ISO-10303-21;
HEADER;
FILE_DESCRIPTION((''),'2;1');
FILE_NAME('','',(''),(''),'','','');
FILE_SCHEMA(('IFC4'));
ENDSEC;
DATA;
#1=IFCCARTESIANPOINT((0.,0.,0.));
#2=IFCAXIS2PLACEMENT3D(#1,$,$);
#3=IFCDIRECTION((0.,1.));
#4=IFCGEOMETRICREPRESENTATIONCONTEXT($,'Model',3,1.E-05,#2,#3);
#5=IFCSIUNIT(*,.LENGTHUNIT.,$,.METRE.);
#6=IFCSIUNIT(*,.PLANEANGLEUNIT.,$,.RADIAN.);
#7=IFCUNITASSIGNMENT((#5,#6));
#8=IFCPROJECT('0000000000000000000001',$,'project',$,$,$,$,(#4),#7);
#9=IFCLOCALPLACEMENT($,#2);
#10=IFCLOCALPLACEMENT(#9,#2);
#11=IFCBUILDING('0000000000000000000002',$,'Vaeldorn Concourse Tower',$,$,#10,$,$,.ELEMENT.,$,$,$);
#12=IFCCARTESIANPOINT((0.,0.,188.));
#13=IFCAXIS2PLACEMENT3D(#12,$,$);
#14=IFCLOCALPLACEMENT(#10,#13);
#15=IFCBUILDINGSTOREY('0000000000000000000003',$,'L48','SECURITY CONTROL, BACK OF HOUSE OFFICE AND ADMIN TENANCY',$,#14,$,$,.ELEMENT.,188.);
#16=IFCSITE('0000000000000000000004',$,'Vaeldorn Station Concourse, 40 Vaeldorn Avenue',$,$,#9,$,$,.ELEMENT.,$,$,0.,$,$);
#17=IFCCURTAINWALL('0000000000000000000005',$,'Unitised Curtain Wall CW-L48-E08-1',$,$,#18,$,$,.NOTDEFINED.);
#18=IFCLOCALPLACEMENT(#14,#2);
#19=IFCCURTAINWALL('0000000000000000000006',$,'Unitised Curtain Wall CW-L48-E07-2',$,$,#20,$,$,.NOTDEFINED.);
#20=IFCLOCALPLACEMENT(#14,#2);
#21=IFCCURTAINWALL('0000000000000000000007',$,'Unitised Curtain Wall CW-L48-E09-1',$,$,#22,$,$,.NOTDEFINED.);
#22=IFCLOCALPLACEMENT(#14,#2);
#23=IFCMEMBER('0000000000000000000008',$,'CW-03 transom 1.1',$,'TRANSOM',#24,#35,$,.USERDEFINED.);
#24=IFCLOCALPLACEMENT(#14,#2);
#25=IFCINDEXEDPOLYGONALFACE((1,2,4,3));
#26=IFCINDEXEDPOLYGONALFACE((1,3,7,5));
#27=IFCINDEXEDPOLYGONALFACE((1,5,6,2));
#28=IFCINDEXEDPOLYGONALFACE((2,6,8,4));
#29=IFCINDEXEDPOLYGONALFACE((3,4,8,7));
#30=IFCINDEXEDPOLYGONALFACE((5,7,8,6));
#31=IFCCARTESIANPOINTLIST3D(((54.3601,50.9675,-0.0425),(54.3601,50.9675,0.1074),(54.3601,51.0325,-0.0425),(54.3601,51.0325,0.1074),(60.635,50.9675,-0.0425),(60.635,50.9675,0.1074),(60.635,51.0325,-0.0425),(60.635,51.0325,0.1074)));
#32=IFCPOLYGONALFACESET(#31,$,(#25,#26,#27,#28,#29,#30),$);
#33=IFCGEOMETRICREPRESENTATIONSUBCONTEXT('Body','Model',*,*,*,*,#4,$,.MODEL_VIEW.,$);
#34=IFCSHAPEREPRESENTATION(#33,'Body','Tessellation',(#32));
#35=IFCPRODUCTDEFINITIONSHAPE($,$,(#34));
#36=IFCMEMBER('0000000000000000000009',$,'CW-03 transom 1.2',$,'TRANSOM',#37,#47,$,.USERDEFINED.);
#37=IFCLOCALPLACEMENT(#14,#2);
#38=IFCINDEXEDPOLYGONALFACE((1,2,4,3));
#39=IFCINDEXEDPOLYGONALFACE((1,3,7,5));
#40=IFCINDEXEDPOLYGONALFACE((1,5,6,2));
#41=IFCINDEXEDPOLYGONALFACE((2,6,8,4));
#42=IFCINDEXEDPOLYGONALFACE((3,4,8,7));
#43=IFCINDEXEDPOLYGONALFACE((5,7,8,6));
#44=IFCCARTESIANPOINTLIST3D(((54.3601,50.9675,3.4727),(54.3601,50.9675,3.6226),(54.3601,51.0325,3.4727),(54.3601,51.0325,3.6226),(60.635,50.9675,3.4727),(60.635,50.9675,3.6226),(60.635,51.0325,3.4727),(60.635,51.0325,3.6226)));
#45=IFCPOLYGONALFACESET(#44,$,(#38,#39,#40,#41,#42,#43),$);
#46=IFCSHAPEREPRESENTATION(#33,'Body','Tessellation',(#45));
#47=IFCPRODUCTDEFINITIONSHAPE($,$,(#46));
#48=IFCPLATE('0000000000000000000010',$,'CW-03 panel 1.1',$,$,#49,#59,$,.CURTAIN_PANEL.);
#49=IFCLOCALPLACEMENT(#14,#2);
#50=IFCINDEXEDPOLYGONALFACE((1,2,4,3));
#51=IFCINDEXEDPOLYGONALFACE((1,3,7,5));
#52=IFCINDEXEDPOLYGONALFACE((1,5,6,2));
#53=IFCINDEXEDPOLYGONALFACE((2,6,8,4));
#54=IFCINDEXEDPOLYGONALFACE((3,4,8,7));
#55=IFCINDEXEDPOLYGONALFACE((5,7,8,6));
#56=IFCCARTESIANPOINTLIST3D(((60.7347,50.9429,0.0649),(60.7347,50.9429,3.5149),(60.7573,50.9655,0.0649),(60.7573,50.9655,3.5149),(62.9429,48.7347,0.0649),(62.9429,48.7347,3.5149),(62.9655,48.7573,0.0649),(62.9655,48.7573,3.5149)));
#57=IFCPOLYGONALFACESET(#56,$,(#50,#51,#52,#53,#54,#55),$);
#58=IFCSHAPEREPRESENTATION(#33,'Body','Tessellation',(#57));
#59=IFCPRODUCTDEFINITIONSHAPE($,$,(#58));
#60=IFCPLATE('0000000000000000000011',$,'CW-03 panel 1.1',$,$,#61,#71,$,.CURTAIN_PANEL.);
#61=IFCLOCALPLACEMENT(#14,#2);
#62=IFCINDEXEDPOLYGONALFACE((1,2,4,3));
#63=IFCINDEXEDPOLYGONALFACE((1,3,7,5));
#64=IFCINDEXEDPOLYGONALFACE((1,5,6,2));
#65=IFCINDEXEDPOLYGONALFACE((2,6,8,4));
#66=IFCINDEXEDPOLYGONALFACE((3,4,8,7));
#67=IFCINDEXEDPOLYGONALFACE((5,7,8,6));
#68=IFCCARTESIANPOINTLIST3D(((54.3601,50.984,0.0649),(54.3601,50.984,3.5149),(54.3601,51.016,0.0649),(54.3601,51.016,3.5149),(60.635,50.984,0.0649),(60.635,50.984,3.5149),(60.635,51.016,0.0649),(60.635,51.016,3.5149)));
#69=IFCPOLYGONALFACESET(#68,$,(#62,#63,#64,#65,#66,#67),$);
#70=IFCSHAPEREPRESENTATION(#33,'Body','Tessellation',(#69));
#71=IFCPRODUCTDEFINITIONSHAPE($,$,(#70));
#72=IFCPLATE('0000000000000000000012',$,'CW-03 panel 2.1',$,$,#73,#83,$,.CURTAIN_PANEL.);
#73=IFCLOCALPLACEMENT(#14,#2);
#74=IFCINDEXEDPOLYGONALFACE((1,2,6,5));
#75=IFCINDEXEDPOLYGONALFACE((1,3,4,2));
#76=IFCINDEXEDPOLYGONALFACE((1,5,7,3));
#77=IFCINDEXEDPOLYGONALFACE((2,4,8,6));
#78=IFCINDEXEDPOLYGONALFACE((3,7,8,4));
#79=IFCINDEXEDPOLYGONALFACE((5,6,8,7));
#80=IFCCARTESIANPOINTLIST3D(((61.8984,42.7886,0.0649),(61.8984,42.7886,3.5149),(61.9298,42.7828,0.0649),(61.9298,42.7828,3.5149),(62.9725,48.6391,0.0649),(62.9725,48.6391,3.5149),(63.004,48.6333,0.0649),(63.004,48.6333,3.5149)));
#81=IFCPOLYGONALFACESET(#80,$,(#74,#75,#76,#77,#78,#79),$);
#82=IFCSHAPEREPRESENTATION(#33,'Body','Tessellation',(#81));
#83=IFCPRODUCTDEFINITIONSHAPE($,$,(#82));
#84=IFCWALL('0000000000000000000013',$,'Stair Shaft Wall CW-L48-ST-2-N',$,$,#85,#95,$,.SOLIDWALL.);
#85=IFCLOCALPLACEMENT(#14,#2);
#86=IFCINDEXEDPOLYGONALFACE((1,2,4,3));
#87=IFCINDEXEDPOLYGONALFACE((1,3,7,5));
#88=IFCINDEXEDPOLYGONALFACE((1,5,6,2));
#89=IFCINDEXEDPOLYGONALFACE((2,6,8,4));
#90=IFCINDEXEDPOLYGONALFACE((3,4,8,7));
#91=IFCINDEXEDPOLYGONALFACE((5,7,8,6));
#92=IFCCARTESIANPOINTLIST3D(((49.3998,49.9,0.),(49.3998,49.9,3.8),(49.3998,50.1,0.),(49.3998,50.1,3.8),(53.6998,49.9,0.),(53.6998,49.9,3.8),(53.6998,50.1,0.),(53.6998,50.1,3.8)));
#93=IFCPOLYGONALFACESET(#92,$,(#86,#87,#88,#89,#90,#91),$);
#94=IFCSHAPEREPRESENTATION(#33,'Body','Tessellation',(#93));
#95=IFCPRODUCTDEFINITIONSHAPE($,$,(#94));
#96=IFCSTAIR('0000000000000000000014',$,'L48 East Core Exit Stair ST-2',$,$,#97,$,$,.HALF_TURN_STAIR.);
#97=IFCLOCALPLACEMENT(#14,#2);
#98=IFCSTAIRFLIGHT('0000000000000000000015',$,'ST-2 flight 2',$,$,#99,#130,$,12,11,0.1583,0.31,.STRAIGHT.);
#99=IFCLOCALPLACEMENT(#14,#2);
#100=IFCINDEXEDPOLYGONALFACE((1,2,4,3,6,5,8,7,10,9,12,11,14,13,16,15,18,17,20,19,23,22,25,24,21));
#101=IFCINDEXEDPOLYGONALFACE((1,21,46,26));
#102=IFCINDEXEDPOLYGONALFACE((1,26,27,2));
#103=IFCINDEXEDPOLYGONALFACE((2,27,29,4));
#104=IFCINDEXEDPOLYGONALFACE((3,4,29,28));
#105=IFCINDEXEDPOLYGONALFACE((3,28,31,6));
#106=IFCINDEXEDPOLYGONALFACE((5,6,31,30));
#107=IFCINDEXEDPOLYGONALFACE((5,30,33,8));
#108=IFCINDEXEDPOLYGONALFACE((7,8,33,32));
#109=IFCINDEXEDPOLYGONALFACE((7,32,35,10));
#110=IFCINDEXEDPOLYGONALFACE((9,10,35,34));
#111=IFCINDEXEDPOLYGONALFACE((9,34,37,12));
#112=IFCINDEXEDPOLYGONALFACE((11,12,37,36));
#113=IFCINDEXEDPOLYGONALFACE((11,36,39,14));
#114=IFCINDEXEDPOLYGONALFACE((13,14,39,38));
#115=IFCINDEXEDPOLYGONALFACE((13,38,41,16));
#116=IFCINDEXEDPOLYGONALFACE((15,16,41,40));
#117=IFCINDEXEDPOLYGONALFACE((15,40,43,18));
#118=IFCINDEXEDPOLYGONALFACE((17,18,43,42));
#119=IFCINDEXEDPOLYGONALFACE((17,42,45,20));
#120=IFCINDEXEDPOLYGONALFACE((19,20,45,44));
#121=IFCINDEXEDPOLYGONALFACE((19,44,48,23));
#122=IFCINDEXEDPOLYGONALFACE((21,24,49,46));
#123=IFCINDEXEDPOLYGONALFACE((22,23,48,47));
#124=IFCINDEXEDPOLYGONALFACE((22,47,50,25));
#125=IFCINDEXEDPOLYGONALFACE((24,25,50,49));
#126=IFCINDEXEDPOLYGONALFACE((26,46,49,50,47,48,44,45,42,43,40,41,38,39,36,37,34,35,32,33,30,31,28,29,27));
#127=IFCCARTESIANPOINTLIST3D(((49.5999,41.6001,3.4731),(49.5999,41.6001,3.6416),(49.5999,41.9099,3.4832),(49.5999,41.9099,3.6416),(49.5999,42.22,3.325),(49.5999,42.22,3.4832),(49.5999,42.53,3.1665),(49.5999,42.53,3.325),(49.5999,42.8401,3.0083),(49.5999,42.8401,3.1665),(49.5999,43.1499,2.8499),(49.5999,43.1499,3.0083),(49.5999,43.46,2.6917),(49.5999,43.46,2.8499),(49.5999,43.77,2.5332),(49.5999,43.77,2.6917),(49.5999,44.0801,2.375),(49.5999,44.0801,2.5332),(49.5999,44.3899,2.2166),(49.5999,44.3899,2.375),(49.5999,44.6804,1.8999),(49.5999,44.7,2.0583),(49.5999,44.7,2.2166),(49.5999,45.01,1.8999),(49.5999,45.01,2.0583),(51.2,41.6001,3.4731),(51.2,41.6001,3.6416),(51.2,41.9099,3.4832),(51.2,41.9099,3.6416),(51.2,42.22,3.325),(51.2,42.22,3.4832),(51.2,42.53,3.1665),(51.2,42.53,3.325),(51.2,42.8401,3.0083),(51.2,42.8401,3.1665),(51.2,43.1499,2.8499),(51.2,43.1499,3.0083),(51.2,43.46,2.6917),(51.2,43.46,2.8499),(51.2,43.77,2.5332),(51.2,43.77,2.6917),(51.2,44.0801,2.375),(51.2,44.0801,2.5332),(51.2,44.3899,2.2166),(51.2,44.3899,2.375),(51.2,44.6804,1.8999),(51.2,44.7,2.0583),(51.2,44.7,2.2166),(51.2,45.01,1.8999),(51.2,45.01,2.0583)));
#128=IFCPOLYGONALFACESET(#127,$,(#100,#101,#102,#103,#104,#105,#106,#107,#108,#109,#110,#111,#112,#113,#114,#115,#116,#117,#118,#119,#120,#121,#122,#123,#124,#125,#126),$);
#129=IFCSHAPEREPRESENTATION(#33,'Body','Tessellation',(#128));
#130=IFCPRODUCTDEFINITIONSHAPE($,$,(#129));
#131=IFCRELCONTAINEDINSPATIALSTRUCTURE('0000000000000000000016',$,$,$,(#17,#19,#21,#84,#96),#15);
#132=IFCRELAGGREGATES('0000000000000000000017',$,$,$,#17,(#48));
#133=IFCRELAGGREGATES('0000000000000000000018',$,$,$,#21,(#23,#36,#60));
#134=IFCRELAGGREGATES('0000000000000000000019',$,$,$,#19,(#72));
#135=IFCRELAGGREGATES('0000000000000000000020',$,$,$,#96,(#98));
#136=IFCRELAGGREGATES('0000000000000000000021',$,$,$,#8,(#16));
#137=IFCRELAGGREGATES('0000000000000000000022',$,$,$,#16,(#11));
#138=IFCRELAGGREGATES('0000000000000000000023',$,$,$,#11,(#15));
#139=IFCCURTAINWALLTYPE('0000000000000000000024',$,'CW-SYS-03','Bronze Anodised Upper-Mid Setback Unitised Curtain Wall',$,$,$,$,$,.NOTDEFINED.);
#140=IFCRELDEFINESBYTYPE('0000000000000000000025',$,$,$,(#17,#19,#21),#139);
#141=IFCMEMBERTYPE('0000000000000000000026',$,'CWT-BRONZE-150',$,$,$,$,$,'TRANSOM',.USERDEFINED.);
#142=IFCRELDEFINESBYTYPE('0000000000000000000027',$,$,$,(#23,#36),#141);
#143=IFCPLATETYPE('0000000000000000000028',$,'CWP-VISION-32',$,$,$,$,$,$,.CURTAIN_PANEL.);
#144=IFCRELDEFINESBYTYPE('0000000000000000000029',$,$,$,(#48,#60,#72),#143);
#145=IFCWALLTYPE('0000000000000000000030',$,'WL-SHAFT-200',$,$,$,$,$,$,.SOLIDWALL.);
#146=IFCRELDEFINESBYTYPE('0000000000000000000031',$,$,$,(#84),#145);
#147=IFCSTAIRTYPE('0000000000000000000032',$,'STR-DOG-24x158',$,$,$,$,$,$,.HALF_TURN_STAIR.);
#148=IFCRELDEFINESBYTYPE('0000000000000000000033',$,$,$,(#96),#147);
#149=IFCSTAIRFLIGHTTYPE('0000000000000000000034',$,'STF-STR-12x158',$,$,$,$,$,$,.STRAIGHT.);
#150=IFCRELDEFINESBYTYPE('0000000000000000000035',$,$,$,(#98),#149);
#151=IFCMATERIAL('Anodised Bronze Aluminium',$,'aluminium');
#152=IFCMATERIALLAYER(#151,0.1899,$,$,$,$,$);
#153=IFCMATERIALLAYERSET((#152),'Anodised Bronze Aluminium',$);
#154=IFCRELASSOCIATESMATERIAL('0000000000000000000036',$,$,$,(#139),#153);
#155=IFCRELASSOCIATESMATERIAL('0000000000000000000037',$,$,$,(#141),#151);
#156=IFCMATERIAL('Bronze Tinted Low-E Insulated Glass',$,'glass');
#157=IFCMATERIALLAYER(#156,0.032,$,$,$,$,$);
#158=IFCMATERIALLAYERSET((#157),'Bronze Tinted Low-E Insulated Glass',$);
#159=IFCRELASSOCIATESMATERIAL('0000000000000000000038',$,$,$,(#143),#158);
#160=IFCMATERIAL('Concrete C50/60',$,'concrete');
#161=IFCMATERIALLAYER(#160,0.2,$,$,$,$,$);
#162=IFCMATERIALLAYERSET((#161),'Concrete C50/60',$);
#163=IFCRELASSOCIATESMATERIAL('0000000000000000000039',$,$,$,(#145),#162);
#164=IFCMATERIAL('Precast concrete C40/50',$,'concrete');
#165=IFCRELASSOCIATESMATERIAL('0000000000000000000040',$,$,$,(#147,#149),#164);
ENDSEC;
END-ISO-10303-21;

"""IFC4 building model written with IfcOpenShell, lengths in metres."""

from ifc_helpers import new_model, si_unit, direction, frame, frame_2d, origin, origin_2d, place, context, subcontext, project, spatial, polyline, rectangle, outline, extrude, source, transform, mapped, material, layer, layer_set, material_profile, profile_set, type_object, element, aggregate, save


model = new_model("IFC4")

# Units and contexts
model_context = context("Model", 3, precision=1e-05, world=origin(), true_north=direction((0.0, 1.0)))
body_context = subcontext(model_context, "Body", "Model", "MODEL_VIEW")
ifc_project = project(units=[si_unit("LENGTHUNIT", "METRE"), si_unit("PLANEANGLEUNIT", "RADIAN")], contexts=[model_context])

# Site, building, storey
site_placement = place(None, origin())
site = spatial("IfcSite", under=ifc_project, at=site_placement, Name="Vaeldorn Station Concourse, 40 Vaeldorn Avenue", CompositionType="ELEMENT", RefElevation=0.0)
building_placement = place(site_placement, origin())
building = spatial("IfcBuilding", under=site, at=building_placement, Name="Vaeldorn Concourse Tower", CompositionType="ELEMENT")
storey_placement = place(building_placement, frame((0.0, 0.0, 188.0)))
storey = spatial("IfcBuildingStorey", under=building, at=storey_placement, Name="L48", Description="SECURITY CONTROL, BACK OF HOUSE OFFICE AND ADMIN TENANCY", CompositionType="ELEMENT", Elevation=188.0)

# Curtain wall
ifc_material_1 = material(Name="Anodised Bronze Aluminium", Category="aluminium")
ifc_layer_1 = layer(ifc_material_1, 0.1899)
ifc_layer_set_1 = layer_set([ifc_layer_1], Name="Anodised Bronze Aluminium")
curtain_wall_type = type_object("IfcCurtainWallType", Name="CW-SYS-03", Description="Bronze Anodised Upper-Mid Setback Unitised Curtain Wall", PredefinedType="NOTDEFINED", material=ifc_layer_set_1)
curtain_wall_1_placement = place(storey_placement, origin())
curtain_wall_1 = element("IfcCurtainWall", 1, at=curtain_wall_1_placement, inside=storey, type_object=curtain_wall_type, Name="Unitised Curtain Wall CW-L48-E08-1", PredefinedType="NOTDEFINED")
ifc_material_profile_1 = material_profile(ifc_material_1, rectangle(XDim=0.0649, YDim=0.1499, at=origin_2d()), Name="CWT 65x150")
ifc_profile_set_1 = profile_set([ifc_material_profile_1], Name="Anodised Bronze Aluminium")
member_type_1 = type_object("IfcMemberType", Name="CWT-BRONZE-150", ElementType="TRANSOM", PredefinedType="USERDEFINED", material=ifc_profile_set_1)

# Curtain wall
curtain_wall_2_placement = place(storey_placement, origin())
curtain_wall_2 = element("IfcCurtainWall", 2, at=curtain_wall_2_placement, inside=storey, type_object=curtain_wall_type, Name="Unitised Curtain Wall CW-L48-E07-2", PredefinedType="NOTDEFINED")

# Curtain wall, members
curtain_wall_3_placement = place(storey_placement, origin())
curtain_wall_3 = element("IfcCurtainWall", 3, at=curtain_wall_3_placement, inside=storey, type_object=curtain_wall_type, Name="Unitised Curtain Wall CW-L48-E09-1", PredefinedType="NOTDEFINED")
shared_shape_1 = source(origin(), body_context, "Body", "SweptSolid", [
    extrude(rectangle(XDim=0.0649, YDim=0.1499, at=origin_2d()), origin(), (0.0, 0.0, 1.0), 6.2749),
])
member_1_placement = place(storey_placement, frame((60.635, 51.0, 0.0325), z_axis=(-1.0, 0.0, 0.0), x_axis=(0.0, -1.0, 0.0)))
member_1 = element("IfcMember", 4, at=member_1_placement, type_object=member_type_1, Name="CW-03 transom 1.1", ObjectType="TRANSOM", PredefinedType="USERDEFINED", context=body_context, shape_type="MappedRepresentation", body=[
    mapped(shared_shape_1, transform((0.0, 0.0, 0.0), scale=1.0)),
])
member_2_placement = place(storey_placement, frame((60.635, 51.0, 3.5476), z_axis=(-1.0, 0.0, 0.0), x_axis=(0.0, -1.0, 0.0)))
member_2 = element("IfcMember", 5, at=member_2_placement, type_object=member_type_1, Name="CW-03 transom 1.2", ObjectType="TRANSOM", PredefinedType="USERDEFINED", context=body_context, shape_type="MappedRepresentation", body=[
    mapped(shared_shape_1, transform((0.0, 0.0, 0.0), scale=1.0)),
])

# Plates
ifc_material_2 = material(Name="Bronze Tinted Low-E Insulated Glass", Category="glass")
ifc_layer_2 = layer(ifc_material_2, 0.032)
ifc_layer_set_2 = layer_set([ifc_layer_2], Name="Bronze Tinted Low-E Insulated Glass")
plate_type = type_object("IfcPlateType", Name="CWP-VISION-32", PredefinedType="CURTAIN_PANEL", material=ifc_layer_set_2)
shared_shape_2 = source(origin(), body_context, "Body", "SweptSolid", [
    extrude(rectangle(XDim=3.1228, YDim=0.032, at=origin_2d()), origin(), (0.0, 0.0, 1.0), 3.45),
])
plate_1_placement = place(storey_placement, frame((61.8501, 49.8501, 0.0649), z_axis=(0.0, 0.0, 1.0), x_axis=(-0.707107, 0.707107, 0.0)))
plate_1 = element("IfcPlate", 6, at=plate_1_placement, type_object=plate_type, Name="CW-03 panel 1.1", PredefinedType="CURTAIN_PANEL", context=body_context, shape_type="MappedRepresentation", body=[
    mapped(shared_shape_2, transform((0.0, 0.0, 0.0), scale=1.0)),
])
aggregate(curtain_wall_1, [plate_1])
shared_shape_3 = source(origin(), body_context, "Body", "SweptSolid", [
    extrude(rectangle(XDim=6.2749, YDim=0.032, at=origin_2d()), origin(), (0.0, 0.0, 1.0), 3.45),
])
plate_2_placement = place(storey_placement, frame((57.4976, 51.0, 0.0649), z_axis=(0.0, 0.0, 1.0), x_axis=(-1.0, 0.0, 0.0)))
plate_2 = element("IfcPlate", 7, at=plate_2_placement, type_object=plate_type, Name="CW-03 panel 1.1", PredefinedType="CURTAIN_PANEL", context=body_context, shape_type="MappedRepresentation", body=[
    mapped(shared_shape_3, transform((0.0, 0.0, 0.0), scale=1.0)),
])
aggregate(curtain_wall_3, [member_1, member_2, plate_2])
shared_shape_4 = source(origin(), body_context, "Body", "SweptSolid", [
    extrude(rectangle(XDim=5.9482, YDim=0.032, at=origin_2d()), origin(), (0.0, 0.0, 1.0), 3.45),
])
plate_3_placement = place(storey_placement, frame((62.4512, 45.7109, 0.0649), z_axis=(0.0, 0.0, 1.0), x_axis=(0.180585, 0.983559, 0.0)))
plate_3 = element("IfcPlate", 8, at=plate_3_placement, type_object=plate_type, Name="CW-03 panel 2.1", PredefinedType="CURTAIN_PANEL", context=body_context, shape_type="MappedRepresentation", body=[
    mapped(shared_shape_4, transform((0.0, 0.0, 0.0), scale=1.0)),
])
aggregate(curtain_wall_2, [plate_3])

# Wall
ifc_material_3 = material(Name="Concrete C50/60", Category="concrete")
ifc_layer_3 = layer(ifc_material_3, 0.2)
ifc_layer_set_3 = layer_set([ifc_layer_3], Name="Concrete C50/60")
wall_type = type_object("IfcWallType", Name="WL-SHAFT-200", PredefinedType="SOLIDWALL", material=ifc_layer_set_3)
wall_placement = place(storey_placement, frame((49.3999, 50.0, 0.0), z_axis=(0.0, 0.0, 1.0), x_axis=(1.0, 0.0, 0.0)))
element("IfcWall", 9, at=wall_placement, inside=storey, type_object=wall_type, Name="Stair Shaft Wall CW-L48-ST-2-N", PredefinedType="SOLIDWALL", context=body_context, shape_type="SweptSolid", body=[
    extrude(rectangle(XDim=4.3, YDim=0.2, at=frame_2d((2.1499, 0.0))), origin(), (0.0, 0.0, 1.0), 3.8),
])

# Stair, stair flight
ifc_material_4 = material(Name="Precast concrete C40/50", Category="concrete")
stair_type = type_object("IfcStairType", Name="STR-DOG-24x158", PredefinedType="HALF_TURN_STAIR", material=ifc_material_4)
stair_placement = place(storey_placement, origin())
stair = element("IfcStair", 10, at=stair_placement, inside=storey, type_object=stair_type, Name="L48 East Core Exit Stair ST-2", PredefinedType="HALF_TURN_STAIR")
stair_flight_type = type_object("IfcStairFlightType", Name="STF-STR-12x158", PredefinedType="STRAIGHT", material=ifc_material_4)
stair_flight_placement = place(storey_placement, frame((50.3999, 45.01, 1.8999), z_axis=(0.0, 0.0, 1.0), x_axis=(0.0, -1.0, 0.0)))
stair_flight = element("IfcStairFlight", 11, at=stair_flight_placement, type_object=stair_flight_type, Name="ST-2 flight 2", NumberOfRisers=12, NumberOfTreads=11, PredefinedType="STRAIGHT", RiserHeight=0.1583, TreadLength=0.31, context=body_context, shape_type="SweptSolid", body=[
    extrude(outline(polyline([(0.0, 0.0), (0.0, 0.1584), (0.3101, 0.1584), (0.3101, 0.3167), (0.6201, 0.3167), (0.6201, 0.4751), (0.9299, 0.4751), (0.9299, 0.6333), (1.24, 0.6333), (1.24, 0.7917), (1.55, 0.7917), (1.55, 0.95), (1.8601, 0.95), (1.8601, 1.1084), (2.1699, 1.1084), (2.1699, 1.2666), (2.48, 1.2666), (2.48, 1.425), (2.79, 1.425), (2.79, 1.5833), (3.1001, 1.5833), (3.1001, 1.7417), (3.4099, 1.7417), (3.4099, 1.8999), (3.4099, 1.5732), (0.3296, 0.0), (0.0, 0.0)])), frame((0.0, 0.8, 0.0), z_axis=(0.0, -1.0, 0.0), x_axis=(1.0, 0.0, 0.0)), (0.0, 0.0, 1.0), 1.6001),
])
aggregate(stair, [stair_flight])

save(model, "model.ifc")
